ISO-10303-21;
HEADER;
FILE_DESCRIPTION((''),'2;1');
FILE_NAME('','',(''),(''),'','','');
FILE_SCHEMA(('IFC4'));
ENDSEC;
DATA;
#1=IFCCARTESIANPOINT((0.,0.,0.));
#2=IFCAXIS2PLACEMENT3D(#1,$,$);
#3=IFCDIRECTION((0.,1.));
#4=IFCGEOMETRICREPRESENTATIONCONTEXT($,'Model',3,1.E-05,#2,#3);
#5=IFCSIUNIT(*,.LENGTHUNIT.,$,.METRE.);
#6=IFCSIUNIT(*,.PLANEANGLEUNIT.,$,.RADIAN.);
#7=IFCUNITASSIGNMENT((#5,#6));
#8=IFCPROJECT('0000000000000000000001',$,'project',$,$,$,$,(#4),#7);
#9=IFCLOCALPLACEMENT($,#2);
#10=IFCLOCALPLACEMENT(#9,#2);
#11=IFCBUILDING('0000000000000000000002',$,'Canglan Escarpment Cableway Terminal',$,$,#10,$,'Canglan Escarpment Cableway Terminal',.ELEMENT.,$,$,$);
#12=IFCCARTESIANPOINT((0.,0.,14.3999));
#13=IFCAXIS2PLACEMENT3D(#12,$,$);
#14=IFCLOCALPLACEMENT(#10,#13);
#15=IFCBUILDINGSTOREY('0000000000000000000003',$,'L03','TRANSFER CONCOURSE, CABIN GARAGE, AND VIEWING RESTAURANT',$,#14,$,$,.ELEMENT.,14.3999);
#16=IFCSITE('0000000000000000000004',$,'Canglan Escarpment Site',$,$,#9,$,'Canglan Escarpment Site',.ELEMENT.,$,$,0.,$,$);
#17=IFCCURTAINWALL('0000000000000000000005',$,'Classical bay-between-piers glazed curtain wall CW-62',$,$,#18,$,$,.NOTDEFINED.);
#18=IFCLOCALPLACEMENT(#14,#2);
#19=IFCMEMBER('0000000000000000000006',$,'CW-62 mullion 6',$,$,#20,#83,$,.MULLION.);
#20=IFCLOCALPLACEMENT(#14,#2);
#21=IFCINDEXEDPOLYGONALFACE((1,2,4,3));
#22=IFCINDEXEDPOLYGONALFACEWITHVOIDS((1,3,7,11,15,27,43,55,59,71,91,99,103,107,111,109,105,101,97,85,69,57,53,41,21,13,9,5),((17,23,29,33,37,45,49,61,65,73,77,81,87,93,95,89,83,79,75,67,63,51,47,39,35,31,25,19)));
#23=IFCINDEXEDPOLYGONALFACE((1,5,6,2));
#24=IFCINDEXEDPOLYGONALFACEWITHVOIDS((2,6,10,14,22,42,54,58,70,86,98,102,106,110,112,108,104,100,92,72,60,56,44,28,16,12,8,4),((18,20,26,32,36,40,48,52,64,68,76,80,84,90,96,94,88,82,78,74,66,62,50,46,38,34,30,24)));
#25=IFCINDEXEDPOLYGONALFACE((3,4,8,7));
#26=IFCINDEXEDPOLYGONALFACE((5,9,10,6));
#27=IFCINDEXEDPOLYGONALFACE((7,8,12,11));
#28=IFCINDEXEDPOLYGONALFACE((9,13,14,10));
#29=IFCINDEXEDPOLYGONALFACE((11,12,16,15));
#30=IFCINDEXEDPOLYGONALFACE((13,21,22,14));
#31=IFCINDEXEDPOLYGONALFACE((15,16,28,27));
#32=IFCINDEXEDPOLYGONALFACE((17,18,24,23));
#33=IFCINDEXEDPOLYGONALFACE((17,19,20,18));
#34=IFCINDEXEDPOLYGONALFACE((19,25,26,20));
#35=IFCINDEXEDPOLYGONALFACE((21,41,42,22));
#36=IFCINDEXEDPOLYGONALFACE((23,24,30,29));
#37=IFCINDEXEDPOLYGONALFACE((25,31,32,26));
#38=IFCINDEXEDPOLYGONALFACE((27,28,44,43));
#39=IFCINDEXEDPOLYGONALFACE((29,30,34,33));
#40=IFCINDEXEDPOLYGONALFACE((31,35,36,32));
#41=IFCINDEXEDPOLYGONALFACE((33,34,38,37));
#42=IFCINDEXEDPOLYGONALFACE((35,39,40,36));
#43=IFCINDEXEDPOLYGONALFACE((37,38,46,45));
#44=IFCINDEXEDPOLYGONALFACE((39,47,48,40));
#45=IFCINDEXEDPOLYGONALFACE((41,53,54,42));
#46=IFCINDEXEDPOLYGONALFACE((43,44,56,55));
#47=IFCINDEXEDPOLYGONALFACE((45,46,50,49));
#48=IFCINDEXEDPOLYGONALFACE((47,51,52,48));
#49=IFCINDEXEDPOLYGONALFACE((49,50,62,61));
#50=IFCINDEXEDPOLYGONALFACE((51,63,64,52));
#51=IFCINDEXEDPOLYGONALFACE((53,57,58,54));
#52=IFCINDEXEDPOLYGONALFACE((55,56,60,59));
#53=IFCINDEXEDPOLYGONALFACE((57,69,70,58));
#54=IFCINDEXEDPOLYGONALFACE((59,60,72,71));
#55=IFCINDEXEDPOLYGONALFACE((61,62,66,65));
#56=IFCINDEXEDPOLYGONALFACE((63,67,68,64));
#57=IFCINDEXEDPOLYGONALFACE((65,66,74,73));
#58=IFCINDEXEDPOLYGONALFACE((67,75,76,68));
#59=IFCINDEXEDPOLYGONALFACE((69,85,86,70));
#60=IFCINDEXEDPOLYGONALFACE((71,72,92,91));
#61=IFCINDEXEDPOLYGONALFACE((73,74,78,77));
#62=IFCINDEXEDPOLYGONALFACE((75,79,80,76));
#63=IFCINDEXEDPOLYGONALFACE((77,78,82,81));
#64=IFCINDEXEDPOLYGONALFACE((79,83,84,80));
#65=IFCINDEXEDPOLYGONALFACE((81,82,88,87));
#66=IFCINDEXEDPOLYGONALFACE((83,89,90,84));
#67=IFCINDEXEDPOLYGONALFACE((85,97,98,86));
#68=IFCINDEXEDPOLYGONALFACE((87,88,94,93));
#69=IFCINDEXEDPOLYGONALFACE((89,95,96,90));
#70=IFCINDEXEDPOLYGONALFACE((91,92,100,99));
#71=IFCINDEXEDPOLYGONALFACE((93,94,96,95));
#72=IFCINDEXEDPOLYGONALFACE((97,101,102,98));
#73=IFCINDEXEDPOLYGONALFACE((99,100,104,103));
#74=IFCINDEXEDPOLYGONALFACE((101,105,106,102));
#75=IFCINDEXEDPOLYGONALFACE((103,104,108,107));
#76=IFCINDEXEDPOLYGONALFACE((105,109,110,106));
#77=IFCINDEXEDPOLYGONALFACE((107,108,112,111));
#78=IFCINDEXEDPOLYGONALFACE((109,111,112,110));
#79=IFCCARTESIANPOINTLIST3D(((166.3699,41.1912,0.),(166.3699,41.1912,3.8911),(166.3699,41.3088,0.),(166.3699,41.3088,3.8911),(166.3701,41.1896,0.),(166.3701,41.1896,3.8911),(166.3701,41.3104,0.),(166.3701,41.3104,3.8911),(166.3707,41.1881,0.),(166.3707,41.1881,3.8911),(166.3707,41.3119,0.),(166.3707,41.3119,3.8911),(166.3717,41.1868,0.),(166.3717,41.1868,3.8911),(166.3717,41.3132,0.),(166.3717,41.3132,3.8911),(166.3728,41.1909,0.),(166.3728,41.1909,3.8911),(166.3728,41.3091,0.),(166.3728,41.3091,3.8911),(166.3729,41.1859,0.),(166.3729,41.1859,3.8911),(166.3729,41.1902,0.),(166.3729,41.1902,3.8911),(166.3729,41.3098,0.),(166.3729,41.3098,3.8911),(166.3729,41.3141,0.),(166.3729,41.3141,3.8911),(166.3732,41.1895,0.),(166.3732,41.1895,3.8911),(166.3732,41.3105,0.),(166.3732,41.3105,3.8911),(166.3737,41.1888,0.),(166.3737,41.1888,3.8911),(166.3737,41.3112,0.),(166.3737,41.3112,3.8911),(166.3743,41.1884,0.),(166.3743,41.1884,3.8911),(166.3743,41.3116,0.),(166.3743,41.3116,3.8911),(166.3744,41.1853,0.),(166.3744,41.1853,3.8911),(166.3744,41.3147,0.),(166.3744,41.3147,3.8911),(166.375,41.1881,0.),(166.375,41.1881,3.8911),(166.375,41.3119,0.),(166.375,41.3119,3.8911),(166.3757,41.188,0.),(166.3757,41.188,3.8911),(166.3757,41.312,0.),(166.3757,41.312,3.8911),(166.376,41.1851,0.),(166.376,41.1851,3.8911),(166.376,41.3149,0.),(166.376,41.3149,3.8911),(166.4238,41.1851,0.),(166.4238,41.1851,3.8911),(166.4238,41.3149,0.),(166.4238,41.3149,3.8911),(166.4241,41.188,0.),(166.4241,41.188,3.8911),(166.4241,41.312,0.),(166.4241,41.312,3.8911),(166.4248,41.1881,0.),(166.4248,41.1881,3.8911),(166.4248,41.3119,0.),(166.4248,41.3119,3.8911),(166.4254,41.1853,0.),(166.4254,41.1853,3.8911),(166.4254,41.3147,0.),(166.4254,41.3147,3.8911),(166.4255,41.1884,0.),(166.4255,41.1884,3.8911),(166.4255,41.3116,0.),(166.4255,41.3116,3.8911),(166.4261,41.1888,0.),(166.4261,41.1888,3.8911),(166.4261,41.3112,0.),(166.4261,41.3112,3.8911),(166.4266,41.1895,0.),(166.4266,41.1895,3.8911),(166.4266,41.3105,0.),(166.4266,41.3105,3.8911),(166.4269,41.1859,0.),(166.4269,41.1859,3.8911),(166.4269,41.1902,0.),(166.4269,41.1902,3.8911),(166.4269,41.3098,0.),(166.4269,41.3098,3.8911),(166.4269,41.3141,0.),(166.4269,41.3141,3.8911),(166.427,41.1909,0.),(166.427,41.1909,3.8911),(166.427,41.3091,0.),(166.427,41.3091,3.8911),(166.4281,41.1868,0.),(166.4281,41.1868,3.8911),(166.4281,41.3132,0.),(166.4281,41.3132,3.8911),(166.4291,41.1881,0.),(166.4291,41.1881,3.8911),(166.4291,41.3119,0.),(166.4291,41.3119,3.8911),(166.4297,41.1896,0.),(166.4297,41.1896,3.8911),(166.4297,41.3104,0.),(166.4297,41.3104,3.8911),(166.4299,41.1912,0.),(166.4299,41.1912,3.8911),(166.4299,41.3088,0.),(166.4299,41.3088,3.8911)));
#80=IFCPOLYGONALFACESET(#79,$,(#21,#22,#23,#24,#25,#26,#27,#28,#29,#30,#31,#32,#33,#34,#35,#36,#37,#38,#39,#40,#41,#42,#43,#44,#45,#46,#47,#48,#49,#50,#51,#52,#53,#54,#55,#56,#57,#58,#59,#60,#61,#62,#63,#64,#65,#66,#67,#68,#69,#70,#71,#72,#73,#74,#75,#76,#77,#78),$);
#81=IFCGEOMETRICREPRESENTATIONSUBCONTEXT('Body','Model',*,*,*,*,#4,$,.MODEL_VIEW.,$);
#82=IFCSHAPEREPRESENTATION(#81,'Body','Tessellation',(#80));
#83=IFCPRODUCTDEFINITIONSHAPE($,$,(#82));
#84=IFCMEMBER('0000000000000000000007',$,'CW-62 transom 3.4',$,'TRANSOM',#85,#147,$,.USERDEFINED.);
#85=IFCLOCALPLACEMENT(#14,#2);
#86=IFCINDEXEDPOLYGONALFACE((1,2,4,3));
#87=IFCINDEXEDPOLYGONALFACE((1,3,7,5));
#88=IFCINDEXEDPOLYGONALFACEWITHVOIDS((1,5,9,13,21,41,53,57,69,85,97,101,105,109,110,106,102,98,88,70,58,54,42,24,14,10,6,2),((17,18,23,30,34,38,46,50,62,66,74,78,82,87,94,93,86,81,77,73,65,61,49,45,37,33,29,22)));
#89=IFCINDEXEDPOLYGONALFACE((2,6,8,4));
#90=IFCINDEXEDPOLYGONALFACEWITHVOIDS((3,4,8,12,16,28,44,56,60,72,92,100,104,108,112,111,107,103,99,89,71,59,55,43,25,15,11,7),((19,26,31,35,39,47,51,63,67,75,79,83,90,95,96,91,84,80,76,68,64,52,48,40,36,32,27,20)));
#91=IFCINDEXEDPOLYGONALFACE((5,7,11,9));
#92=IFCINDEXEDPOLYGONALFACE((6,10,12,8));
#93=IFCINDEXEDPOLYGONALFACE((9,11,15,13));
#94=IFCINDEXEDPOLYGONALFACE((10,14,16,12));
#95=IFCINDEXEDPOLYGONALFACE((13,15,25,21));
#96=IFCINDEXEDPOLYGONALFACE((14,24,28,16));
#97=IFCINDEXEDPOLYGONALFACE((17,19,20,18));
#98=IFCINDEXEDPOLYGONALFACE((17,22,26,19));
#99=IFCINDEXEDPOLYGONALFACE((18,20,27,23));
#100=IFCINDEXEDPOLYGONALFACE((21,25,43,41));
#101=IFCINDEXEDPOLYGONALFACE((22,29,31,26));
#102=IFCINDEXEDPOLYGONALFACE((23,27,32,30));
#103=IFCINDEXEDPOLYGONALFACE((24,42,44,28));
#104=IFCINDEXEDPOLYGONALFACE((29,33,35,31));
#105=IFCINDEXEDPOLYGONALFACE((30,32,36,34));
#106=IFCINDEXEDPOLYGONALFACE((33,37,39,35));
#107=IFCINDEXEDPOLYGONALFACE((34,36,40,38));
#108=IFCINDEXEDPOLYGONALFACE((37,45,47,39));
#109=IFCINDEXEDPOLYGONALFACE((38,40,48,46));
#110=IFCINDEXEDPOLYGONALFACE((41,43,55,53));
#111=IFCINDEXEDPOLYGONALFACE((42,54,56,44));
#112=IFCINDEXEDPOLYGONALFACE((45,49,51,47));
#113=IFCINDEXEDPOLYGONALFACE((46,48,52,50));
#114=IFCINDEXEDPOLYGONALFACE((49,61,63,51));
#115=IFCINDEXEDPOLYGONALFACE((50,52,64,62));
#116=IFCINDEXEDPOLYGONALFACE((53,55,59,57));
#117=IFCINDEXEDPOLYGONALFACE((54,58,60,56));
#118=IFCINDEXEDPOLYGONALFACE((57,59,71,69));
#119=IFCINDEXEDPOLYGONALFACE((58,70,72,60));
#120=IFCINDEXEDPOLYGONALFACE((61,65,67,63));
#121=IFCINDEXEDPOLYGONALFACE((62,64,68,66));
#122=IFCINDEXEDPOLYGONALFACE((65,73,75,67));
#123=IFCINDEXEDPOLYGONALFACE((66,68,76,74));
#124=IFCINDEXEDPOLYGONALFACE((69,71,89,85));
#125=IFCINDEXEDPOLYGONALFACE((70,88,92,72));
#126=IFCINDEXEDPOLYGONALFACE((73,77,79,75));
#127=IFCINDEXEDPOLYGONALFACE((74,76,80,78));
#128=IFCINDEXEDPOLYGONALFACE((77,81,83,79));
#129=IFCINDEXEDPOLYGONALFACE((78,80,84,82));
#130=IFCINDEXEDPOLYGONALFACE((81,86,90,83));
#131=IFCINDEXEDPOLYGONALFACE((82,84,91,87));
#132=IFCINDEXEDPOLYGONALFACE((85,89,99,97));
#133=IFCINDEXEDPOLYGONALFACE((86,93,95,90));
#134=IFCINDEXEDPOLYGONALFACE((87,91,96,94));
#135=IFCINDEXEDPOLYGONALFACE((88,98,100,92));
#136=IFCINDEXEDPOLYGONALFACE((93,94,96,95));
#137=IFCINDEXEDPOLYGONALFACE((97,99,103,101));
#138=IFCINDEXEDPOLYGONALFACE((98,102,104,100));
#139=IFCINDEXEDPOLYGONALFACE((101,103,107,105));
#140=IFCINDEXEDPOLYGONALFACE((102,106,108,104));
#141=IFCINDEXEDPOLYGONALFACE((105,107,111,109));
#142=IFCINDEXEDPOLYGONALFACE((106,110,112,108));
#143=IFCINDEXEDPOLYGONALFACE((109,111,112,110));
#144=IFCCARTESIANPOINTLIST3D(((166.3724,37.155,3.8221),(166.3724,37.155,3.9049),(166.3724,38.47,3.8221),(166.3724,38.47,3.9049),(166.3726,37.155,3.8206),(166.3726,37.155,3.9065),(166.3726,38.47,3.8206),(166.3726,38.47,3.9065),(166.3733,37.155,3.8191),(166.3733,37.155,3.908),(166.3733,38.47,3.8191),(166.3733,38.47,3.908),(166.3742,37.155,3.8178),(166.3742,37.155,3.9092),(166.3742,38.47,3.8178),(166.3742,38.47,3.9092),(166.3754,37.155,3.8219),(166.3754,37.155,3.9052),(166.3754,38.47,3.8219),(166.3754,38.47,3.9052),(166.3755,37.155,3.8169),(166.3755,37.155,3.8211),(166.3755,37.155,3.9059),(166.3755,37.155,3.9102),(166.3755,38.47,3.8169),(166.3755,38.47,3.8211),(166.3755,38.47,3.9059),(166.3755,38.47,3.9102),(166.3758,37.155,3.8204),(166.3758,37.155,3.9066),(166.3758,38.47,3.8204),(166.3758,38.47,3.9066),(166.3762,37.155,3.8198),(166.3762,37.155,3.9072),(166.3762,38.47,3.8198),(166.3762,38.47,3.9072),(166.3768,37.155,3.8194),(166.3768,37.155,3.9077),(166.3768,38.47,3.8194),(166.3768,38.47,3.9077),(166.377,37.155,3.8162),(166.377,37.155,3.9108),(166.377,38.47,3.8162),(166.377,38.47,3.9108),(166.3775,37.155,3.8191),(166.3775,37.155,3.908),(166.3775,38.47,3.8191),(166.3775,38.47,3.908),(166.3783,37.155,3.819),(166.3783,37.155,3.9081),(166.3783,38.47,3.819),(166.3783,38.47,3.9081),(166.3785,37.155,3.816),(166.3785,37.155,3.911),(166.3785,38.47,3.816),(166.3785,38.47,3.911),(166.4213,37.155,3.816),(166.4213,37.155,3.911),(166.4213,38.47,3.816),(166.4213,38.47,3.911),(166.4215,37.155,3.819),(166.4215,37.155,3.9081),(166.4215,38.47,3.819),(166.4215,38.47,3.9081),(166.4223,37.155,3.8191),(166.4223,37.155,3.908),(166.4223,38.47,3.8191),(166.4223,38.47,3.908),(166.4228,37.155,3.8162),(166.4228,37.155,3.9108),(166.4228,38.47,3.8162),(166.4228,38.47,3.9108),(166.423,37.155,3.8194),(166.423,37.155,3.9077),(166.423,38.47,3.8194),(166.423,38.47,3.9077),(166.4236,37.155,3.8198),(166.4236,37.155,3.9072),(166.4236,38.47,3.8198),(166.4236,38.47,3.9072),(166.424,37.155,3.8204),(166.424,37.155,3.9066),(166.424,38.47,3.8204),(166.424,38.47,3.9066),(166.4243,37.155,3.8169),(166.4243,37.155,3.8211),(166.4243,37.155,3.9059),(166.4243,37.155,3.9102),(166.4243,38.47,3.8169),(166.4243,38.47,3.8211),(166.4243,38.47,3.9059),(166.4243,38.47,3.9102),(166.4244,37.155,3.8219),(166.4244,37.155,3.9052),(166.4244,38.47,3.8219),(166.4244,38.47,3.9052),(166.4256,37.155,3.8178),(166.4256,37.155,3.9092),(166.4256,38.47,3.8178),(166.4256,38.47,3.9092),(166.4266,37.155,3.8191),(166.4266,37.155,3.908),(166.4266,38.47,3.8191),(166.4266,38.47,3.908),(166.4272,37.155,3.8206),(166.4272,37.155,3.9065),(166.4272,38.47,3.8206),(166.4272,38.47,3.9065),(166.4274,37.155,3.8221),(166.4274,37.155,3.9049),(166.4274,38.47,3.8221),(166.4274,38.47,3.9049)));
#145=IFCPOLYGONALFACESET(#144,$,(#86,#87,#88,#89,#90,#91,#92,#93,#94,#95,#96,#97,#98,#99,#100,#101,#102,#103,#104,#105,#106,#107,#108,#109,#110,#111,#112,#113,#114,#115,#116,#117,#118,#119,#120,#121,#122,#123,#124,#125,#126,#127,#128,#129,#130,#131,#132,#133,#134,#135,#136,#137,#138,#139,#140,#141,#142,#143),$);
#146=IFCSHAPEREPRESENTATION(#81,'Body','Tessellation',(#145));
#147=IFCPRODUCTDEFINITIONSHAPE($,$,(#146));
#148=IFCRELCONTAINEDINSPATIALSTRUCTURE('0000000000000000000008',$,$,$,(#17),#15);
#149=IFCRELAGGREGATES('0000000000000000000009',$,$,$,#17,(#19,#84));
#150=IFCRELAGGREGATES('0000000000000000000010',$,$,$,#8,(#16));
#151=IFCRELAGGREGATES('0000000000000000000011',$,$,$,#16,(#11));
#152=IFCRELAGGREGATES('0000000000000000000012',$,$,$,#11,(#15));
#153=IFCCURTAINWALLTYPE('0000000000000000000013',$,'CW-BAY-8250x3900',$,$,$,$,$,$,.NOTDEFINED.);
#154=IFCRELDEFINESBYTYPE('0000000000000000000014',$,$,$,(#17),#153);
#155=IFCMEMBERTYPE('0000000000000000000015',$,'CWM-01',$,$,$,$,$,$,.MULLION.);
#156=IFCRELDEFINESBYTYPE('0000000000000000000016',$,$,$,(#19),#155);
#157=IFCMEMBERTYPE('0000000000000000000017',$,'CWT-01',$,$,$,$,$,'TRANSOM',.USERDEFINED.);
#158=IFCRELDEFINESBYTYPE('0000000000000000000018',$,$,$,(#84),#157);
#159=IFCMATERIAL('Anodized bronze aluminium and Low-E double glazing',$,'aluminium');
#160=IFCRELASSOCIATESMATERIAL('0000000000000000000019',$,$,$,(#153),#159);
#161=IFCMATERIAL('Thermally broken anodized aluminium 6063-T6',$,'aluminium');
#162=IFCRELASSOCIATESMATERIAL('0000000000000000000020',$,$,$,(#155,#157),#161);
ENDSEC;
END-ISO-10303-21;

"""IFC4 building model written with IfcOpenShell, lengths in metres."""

from ifc_helpers import new_model, si_unit, direction, frame, origin, origin_2d, place, context, subcontext, project, spatial, hollow_rectangle, extrude, material, material_profile, profile_set, type_object, element, aggregate, save


model = new_model("IFC4")

# Units and contexts
model_context = context("Model", 3, precision=1e-05, world=origin(), true_north=direction((0.0, 1.0)))
body_context = subcontext(model_context, "Body", "Model", "MODEL_VIEW")
ifc_project = project(units=[si_unit("LENGTHUNIT", "METRE"), si_unit("PLANEANGLEUNIT", "RADIAN")], contexts=[model_context])

# Site, building, storey
site_placement = place(None, origin())
site = spatial("IfcSite", under=ifc_project, at=site_placement, Name="Canglan Escarpment Site", LongName="Canglan Escarpment Site", CompositionType="ELEMENT", RefElevation=0.0)
building_placement = place(site_placement, origin())
building = spatial("IfcBuilding", under=site, at=building_placement, Name="Canglan Escarpment Cableway Terminal", LongName="Canglan Escarpment Cableway Terminal", CompositionType="ELEMENT")
storey_placement = place(building_placement, frame((0.0, 0.0, 14.3999)))
storey = spatial("IfcBuildingStorey", under=building, at=storey_placement, Name="L03", Description="TRANSFER CONCOURSE, CABIN GARAGE, AND VIEWING RESTAURANT", CompositionType="ELEMENT", Elevation=14.3999)

# Curtain wall, members
ifc_material_1 = material(Name="Anodized bronze aluminium and Low-E double glazing", Category="aluminium")
curtain_wall_type = type_object("IfcCurtainWallType", Name="CW-BAY-8250x3900", PredefinedType="NOTDEFINED", material=ifc_material_1)
curtain_wall_placement = place(storey_placement, origin())
curtain_wall = element("IfcCurtainWall", 1, at=curtain_wall_placement, inside=storey, type_object=curtain_wall_type, Name="Classical bay-between-piers glazed curtain wall CW-62", PredefinedType="NOTDEFINED")
ifc_material_2 = material(Name="Thermally broken anodized aluminium 6063-T6", Category="aluminium")
ifc_material_profile_1 = material_profile(ifc_material_2, hollow_rectangle(XDim=0.0601, YDim=0.1299, WallThickness=0.0029, InnerFilletRadius=0.0029, OuterFilletRadius=0.0061, at=origin_2d()), Name="ALU-MULL 60x130x3")
ifc_profile_set_1 = profile_set([ifc_material_profile_1], Name="Thermally broken anodized aluminium 6063-T6")
member_type_1 = type_object("IfcMemberType", Name="CWM-01", PredefinedType="MULLION", material=ifc_profile_set_1)
member_1_placement = place(storey_placement, frame((166.3999, 41.25, 0.0), z_axis=(0.0, 0.0, 1.0), x_axis=(-1.0, 0.0, 0.0)))
member_1 = element("IfcMember", 2, at=member_1_placement, type_object=member_type_1, Name="CW-62 mullion 6", PredefinedType="MULLION", context=body_context, shape_type="SweptSolid", body=[
    extrude(hollow_rectangle(XDim=0.0601, YDim=0.1299, WallThickness=0.0029, InnerFilletRadius=0.0029, OuterFilletRadius=0.0061, at=origin_2d()), origin(), (0.0, 0.0, 1.0), 3.8911),
])
ifc_material_profile_2 = material_profile(ifc_material_2, hollow_rectangle(XDim=0.0549, YDim=0.095, WallThickness=0.0029, InnerFilletRadius=0.0029, OuterFilletRadius=0.0061, at=origin_2d()), Name="ALU-TRAN 55x95x3")
ifc_profile_set_2 = profile_set([ifc_material_profile_2], Name="Thermally broken anodized aluminium 6063-T6")
member_type_2 = type_object("IfcMemberType", Name="CWT-01", ElementType="TRANSOM", PredefinedType="USERDEFINED", material=ifc_profile_set_2)
member_2_placement = place(storey_placement, frame((166.3999, 37.155, 3.8635), z_axis=(0.0, 1.0, 0.0), x_axis=(-1.0, 0.0, 0.0)))
member_2 = element("IfcMember", 3, at=member_2_placement, type_object=member_type_2, Name="CW-62 transom 3.4", ObjectType="TRANSOM", PredefinedType="USERDEFINED", context=body_context, shape_type="SweptSolid", body=[
    extrude(hollow_rectangle(XDim=0.0549, YDim=0.095, WallThickness=0.0029, InnerFilletRadius=0.0029, OuterFilletRadius=0.0061, at=origin_2d()), origin(), (0.0, 0.0, 1.0), 1.3149),
])
aggregate(curtain_wall, [member_1, member_2])

save(model, "model.ifc")
